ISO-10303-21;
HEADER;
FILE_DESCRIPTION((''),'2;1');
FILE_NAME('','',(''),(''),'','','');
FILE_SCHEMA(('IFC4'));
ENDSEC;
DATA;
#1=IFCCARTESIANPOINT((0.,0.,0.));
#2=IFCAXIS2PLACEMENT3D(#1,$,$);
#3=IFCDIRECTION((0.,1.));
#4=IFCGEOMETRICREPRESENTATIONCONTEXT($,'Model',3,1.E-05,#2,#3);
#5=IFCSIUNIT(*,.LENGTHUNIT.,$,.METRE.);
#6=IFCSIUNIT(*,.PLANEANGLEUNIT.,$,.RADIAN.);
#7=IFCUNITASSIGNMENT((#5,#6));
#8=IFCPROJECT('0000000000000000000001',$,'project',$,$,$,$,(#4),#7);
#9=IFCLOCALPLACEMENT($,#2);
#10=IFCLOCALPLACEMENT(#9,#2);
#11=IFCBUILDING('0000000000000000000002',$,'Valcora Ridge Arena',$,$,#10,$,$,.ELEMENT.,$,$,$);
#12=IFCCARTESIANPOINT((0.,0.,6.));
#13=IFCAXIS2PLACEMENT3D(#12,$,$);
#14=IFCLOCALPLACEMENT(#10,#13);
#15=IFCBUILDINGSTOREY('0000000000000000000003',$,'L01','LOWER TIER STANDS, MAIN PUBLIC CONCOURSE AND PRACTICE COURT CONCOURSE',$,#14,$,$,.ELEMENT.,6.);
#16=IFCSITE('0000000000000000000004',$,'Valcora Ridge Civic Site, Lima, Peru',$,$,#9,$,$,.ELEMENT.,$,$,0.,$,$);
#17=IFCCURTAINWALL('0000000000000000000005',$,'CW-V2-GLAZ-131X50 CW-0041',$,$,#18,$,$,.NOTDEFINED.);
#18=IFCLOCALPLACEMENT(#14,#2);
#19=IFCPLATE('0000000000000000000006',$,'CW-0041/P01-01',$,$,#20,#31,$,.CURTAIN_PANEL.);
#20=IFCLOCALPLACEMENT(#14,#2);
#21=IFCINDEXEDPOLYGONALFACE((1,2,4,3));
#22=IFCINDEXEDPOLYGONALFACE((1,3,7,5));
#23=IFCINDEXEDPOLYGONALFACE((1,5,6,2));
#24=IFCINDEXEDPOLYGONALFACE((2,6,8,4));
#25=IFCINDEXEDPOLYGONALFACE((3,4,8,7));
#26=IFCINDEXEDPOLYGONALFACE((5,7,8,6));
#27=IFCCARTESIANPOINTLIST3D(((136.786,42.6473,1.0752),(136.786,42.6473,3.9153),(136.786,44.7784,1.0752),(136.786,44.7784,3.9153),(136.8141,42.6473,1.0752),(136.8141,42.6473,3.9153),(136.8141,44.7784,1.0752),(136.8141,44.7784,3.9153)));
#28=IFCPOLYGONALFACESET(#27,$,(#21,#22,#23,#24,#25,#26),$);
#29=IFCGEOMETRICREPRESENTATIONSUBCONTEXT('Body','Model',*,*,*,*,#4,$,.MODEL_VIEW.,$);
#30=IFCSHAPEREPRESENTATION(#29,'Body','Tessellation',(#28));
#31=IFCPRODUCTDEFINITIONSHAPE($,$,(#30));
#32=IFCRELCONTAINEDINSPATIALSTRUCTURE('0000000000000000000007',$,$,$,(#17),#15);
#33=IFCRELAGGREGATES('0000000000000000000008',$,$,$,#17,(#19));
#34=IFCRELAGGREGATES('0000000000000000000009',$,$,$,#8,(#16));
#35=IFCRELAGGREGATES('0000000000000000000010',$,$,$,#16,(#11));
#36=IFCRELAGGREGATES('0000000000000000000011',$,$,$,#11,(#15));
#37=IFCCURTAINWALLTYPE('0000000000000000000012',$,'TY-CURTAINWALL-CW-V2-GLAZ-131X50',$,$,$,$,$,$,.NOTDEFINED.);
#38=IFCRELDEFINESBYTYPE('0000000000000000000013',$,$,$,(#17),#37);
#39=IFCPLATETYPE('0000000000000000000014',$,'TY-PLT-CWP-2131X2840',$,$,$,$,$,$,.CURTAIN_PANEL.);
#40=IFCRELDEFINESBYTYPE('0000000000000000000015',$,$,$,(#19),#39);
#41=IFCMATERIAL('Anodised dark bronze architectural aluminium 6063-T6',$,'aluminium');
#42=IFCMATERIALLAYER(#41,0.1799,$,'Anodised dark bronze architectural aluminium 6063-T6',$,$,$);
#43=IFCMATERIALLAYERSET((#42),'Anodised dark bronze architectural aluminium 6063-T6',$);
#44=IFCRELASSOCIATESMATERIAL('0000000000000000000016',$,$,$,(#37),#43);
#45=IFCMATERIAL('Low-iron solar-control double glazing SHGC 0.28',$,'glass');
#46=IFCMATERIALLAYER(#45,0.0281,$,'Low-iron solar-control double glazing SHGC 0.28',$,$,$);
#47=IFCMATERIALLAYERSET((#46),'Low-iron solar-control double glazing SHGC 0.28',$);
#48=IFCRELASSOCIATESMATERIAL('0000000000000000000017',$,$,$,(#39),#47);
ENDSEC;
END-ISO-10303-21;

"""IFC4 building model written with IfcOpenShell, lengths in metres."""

from ifc_helpers import new_model, si_unit, direction, frame, origin, origin_2d, place, context, subcontext, project, spatial, rectangle, extrude, material, layer, layer_set, type_object, element, aggregate, save


model = new_model("IFC4")

# Units and contexts
model_context = context("Model", 3, precision=1e-05, world=origin(), true_north=direction((0.0, 1.0)))
body_context = subcontext(model_context, "Body", "Model", "MODEL_VIEW")
ifc_project = project(units=[si_unit("LENGTHUNIT", "METRE"), si_unit("PLANEANGLEUNIT", "RADIAN")], contexts=[model_context])

# Site, building, storey
site_placement = place(None, origin())
site = spatial("IfcSite", under=ifc_project, at=site_placement, Name="Valcora Ridge Civic Site, Lima, Peru", CompositionType="ELEMENT", RefElevation=0.0)
building_placement = place(site_placement, origin())
building = spatial("IfcBuilding", under=site, at=building_placement, Name="Valcora Ridge Arena", CompositionType="ELEMENT")
storey_placement = place(building_placement, frame((0.0, 0.0, 6.0)))
storey = spatial("IfcBuildingStorey", under=building, at=storey_placement, Name="L01", Description="LOWER TIER STANDS, MAIN PUBLIC CONCOURSE AND PRACTICE COURT CONCOURSE", CompositionType="ELEMENT", Elevation=6.0)

# Curtain wall, plate
ifc_material_1 = material(Name="Anodised dark bronze architectural aluminium 6063-T6", Category="aluminium")
ifc_layer_1 = layer(ifc_material_1, 0.1799, Name="Anodised dark bronze architectural aluminium 6063-T6")
ifc_layer_set_1 = layer_set([ifc_layer_1], Name="Anodised dark bronze architectural aluminium 6063-T6")
curtain_wall_type = type_object("IfcCurtainWallType", Name="TY-CURTAINWALL-CW-V2-GLAZ-131X50", PredefinedType="NOTDEFINED", material=ifc_layer_set_1)
curtain_wall_placement = place(storey_placement, origin())
curtain_wall = element("IfcCurtainWall", 1, at=curtain_wall_placement, inside=storey, type_object=curtain_wall_type, Name="CW-V2-GLAZ-131X50 CW-0041", PredefinedType="NOTDEFINED")
ifc_material_2 = material(Name="Low-iron solar-control double glazing SHGC 0.28", Category="glass")
ifc_layer_2 = layer(ifc_material_2, 0.0281, Name="Low-iron solar-control double glazing SHGC 0.28")
ifc_layer_set_2 = layer_set([ifc_layer_2], Name="Low-iron solar-control double glazing SHGC 0.28")
plate_type_1 = type_object("IfcPlateType", Name="TY-PLT-CWP-2131X2840", PredefinedType="CURTAIN_PANEL", material=ifc_layer_set_2)
plate_1_placement = place(storey_placement, frame((136.8, 43.7129, 1.0752), z_axis=(0.0, 0.0, 1.0), x_axis=(0.0, 1.0, 0.0)))
plate_1 = element("IfcPlate", 2, at=plate_1_placement, type_object=plate_type_1, Name="CW-0041/P01-01", PredefinedType="CURTAIN_PANEL", context=body_context, shape_type="SweptSolid", body=[
    extrude(rectangle(XDim=2.1311, YDim=0.0281, at=origin_2d()), origin(), (0.0, 0.0, 1.0), 2.8401),
])
aggregate(curtain_wall, [plate_1])

save(model, "model.ifc")
